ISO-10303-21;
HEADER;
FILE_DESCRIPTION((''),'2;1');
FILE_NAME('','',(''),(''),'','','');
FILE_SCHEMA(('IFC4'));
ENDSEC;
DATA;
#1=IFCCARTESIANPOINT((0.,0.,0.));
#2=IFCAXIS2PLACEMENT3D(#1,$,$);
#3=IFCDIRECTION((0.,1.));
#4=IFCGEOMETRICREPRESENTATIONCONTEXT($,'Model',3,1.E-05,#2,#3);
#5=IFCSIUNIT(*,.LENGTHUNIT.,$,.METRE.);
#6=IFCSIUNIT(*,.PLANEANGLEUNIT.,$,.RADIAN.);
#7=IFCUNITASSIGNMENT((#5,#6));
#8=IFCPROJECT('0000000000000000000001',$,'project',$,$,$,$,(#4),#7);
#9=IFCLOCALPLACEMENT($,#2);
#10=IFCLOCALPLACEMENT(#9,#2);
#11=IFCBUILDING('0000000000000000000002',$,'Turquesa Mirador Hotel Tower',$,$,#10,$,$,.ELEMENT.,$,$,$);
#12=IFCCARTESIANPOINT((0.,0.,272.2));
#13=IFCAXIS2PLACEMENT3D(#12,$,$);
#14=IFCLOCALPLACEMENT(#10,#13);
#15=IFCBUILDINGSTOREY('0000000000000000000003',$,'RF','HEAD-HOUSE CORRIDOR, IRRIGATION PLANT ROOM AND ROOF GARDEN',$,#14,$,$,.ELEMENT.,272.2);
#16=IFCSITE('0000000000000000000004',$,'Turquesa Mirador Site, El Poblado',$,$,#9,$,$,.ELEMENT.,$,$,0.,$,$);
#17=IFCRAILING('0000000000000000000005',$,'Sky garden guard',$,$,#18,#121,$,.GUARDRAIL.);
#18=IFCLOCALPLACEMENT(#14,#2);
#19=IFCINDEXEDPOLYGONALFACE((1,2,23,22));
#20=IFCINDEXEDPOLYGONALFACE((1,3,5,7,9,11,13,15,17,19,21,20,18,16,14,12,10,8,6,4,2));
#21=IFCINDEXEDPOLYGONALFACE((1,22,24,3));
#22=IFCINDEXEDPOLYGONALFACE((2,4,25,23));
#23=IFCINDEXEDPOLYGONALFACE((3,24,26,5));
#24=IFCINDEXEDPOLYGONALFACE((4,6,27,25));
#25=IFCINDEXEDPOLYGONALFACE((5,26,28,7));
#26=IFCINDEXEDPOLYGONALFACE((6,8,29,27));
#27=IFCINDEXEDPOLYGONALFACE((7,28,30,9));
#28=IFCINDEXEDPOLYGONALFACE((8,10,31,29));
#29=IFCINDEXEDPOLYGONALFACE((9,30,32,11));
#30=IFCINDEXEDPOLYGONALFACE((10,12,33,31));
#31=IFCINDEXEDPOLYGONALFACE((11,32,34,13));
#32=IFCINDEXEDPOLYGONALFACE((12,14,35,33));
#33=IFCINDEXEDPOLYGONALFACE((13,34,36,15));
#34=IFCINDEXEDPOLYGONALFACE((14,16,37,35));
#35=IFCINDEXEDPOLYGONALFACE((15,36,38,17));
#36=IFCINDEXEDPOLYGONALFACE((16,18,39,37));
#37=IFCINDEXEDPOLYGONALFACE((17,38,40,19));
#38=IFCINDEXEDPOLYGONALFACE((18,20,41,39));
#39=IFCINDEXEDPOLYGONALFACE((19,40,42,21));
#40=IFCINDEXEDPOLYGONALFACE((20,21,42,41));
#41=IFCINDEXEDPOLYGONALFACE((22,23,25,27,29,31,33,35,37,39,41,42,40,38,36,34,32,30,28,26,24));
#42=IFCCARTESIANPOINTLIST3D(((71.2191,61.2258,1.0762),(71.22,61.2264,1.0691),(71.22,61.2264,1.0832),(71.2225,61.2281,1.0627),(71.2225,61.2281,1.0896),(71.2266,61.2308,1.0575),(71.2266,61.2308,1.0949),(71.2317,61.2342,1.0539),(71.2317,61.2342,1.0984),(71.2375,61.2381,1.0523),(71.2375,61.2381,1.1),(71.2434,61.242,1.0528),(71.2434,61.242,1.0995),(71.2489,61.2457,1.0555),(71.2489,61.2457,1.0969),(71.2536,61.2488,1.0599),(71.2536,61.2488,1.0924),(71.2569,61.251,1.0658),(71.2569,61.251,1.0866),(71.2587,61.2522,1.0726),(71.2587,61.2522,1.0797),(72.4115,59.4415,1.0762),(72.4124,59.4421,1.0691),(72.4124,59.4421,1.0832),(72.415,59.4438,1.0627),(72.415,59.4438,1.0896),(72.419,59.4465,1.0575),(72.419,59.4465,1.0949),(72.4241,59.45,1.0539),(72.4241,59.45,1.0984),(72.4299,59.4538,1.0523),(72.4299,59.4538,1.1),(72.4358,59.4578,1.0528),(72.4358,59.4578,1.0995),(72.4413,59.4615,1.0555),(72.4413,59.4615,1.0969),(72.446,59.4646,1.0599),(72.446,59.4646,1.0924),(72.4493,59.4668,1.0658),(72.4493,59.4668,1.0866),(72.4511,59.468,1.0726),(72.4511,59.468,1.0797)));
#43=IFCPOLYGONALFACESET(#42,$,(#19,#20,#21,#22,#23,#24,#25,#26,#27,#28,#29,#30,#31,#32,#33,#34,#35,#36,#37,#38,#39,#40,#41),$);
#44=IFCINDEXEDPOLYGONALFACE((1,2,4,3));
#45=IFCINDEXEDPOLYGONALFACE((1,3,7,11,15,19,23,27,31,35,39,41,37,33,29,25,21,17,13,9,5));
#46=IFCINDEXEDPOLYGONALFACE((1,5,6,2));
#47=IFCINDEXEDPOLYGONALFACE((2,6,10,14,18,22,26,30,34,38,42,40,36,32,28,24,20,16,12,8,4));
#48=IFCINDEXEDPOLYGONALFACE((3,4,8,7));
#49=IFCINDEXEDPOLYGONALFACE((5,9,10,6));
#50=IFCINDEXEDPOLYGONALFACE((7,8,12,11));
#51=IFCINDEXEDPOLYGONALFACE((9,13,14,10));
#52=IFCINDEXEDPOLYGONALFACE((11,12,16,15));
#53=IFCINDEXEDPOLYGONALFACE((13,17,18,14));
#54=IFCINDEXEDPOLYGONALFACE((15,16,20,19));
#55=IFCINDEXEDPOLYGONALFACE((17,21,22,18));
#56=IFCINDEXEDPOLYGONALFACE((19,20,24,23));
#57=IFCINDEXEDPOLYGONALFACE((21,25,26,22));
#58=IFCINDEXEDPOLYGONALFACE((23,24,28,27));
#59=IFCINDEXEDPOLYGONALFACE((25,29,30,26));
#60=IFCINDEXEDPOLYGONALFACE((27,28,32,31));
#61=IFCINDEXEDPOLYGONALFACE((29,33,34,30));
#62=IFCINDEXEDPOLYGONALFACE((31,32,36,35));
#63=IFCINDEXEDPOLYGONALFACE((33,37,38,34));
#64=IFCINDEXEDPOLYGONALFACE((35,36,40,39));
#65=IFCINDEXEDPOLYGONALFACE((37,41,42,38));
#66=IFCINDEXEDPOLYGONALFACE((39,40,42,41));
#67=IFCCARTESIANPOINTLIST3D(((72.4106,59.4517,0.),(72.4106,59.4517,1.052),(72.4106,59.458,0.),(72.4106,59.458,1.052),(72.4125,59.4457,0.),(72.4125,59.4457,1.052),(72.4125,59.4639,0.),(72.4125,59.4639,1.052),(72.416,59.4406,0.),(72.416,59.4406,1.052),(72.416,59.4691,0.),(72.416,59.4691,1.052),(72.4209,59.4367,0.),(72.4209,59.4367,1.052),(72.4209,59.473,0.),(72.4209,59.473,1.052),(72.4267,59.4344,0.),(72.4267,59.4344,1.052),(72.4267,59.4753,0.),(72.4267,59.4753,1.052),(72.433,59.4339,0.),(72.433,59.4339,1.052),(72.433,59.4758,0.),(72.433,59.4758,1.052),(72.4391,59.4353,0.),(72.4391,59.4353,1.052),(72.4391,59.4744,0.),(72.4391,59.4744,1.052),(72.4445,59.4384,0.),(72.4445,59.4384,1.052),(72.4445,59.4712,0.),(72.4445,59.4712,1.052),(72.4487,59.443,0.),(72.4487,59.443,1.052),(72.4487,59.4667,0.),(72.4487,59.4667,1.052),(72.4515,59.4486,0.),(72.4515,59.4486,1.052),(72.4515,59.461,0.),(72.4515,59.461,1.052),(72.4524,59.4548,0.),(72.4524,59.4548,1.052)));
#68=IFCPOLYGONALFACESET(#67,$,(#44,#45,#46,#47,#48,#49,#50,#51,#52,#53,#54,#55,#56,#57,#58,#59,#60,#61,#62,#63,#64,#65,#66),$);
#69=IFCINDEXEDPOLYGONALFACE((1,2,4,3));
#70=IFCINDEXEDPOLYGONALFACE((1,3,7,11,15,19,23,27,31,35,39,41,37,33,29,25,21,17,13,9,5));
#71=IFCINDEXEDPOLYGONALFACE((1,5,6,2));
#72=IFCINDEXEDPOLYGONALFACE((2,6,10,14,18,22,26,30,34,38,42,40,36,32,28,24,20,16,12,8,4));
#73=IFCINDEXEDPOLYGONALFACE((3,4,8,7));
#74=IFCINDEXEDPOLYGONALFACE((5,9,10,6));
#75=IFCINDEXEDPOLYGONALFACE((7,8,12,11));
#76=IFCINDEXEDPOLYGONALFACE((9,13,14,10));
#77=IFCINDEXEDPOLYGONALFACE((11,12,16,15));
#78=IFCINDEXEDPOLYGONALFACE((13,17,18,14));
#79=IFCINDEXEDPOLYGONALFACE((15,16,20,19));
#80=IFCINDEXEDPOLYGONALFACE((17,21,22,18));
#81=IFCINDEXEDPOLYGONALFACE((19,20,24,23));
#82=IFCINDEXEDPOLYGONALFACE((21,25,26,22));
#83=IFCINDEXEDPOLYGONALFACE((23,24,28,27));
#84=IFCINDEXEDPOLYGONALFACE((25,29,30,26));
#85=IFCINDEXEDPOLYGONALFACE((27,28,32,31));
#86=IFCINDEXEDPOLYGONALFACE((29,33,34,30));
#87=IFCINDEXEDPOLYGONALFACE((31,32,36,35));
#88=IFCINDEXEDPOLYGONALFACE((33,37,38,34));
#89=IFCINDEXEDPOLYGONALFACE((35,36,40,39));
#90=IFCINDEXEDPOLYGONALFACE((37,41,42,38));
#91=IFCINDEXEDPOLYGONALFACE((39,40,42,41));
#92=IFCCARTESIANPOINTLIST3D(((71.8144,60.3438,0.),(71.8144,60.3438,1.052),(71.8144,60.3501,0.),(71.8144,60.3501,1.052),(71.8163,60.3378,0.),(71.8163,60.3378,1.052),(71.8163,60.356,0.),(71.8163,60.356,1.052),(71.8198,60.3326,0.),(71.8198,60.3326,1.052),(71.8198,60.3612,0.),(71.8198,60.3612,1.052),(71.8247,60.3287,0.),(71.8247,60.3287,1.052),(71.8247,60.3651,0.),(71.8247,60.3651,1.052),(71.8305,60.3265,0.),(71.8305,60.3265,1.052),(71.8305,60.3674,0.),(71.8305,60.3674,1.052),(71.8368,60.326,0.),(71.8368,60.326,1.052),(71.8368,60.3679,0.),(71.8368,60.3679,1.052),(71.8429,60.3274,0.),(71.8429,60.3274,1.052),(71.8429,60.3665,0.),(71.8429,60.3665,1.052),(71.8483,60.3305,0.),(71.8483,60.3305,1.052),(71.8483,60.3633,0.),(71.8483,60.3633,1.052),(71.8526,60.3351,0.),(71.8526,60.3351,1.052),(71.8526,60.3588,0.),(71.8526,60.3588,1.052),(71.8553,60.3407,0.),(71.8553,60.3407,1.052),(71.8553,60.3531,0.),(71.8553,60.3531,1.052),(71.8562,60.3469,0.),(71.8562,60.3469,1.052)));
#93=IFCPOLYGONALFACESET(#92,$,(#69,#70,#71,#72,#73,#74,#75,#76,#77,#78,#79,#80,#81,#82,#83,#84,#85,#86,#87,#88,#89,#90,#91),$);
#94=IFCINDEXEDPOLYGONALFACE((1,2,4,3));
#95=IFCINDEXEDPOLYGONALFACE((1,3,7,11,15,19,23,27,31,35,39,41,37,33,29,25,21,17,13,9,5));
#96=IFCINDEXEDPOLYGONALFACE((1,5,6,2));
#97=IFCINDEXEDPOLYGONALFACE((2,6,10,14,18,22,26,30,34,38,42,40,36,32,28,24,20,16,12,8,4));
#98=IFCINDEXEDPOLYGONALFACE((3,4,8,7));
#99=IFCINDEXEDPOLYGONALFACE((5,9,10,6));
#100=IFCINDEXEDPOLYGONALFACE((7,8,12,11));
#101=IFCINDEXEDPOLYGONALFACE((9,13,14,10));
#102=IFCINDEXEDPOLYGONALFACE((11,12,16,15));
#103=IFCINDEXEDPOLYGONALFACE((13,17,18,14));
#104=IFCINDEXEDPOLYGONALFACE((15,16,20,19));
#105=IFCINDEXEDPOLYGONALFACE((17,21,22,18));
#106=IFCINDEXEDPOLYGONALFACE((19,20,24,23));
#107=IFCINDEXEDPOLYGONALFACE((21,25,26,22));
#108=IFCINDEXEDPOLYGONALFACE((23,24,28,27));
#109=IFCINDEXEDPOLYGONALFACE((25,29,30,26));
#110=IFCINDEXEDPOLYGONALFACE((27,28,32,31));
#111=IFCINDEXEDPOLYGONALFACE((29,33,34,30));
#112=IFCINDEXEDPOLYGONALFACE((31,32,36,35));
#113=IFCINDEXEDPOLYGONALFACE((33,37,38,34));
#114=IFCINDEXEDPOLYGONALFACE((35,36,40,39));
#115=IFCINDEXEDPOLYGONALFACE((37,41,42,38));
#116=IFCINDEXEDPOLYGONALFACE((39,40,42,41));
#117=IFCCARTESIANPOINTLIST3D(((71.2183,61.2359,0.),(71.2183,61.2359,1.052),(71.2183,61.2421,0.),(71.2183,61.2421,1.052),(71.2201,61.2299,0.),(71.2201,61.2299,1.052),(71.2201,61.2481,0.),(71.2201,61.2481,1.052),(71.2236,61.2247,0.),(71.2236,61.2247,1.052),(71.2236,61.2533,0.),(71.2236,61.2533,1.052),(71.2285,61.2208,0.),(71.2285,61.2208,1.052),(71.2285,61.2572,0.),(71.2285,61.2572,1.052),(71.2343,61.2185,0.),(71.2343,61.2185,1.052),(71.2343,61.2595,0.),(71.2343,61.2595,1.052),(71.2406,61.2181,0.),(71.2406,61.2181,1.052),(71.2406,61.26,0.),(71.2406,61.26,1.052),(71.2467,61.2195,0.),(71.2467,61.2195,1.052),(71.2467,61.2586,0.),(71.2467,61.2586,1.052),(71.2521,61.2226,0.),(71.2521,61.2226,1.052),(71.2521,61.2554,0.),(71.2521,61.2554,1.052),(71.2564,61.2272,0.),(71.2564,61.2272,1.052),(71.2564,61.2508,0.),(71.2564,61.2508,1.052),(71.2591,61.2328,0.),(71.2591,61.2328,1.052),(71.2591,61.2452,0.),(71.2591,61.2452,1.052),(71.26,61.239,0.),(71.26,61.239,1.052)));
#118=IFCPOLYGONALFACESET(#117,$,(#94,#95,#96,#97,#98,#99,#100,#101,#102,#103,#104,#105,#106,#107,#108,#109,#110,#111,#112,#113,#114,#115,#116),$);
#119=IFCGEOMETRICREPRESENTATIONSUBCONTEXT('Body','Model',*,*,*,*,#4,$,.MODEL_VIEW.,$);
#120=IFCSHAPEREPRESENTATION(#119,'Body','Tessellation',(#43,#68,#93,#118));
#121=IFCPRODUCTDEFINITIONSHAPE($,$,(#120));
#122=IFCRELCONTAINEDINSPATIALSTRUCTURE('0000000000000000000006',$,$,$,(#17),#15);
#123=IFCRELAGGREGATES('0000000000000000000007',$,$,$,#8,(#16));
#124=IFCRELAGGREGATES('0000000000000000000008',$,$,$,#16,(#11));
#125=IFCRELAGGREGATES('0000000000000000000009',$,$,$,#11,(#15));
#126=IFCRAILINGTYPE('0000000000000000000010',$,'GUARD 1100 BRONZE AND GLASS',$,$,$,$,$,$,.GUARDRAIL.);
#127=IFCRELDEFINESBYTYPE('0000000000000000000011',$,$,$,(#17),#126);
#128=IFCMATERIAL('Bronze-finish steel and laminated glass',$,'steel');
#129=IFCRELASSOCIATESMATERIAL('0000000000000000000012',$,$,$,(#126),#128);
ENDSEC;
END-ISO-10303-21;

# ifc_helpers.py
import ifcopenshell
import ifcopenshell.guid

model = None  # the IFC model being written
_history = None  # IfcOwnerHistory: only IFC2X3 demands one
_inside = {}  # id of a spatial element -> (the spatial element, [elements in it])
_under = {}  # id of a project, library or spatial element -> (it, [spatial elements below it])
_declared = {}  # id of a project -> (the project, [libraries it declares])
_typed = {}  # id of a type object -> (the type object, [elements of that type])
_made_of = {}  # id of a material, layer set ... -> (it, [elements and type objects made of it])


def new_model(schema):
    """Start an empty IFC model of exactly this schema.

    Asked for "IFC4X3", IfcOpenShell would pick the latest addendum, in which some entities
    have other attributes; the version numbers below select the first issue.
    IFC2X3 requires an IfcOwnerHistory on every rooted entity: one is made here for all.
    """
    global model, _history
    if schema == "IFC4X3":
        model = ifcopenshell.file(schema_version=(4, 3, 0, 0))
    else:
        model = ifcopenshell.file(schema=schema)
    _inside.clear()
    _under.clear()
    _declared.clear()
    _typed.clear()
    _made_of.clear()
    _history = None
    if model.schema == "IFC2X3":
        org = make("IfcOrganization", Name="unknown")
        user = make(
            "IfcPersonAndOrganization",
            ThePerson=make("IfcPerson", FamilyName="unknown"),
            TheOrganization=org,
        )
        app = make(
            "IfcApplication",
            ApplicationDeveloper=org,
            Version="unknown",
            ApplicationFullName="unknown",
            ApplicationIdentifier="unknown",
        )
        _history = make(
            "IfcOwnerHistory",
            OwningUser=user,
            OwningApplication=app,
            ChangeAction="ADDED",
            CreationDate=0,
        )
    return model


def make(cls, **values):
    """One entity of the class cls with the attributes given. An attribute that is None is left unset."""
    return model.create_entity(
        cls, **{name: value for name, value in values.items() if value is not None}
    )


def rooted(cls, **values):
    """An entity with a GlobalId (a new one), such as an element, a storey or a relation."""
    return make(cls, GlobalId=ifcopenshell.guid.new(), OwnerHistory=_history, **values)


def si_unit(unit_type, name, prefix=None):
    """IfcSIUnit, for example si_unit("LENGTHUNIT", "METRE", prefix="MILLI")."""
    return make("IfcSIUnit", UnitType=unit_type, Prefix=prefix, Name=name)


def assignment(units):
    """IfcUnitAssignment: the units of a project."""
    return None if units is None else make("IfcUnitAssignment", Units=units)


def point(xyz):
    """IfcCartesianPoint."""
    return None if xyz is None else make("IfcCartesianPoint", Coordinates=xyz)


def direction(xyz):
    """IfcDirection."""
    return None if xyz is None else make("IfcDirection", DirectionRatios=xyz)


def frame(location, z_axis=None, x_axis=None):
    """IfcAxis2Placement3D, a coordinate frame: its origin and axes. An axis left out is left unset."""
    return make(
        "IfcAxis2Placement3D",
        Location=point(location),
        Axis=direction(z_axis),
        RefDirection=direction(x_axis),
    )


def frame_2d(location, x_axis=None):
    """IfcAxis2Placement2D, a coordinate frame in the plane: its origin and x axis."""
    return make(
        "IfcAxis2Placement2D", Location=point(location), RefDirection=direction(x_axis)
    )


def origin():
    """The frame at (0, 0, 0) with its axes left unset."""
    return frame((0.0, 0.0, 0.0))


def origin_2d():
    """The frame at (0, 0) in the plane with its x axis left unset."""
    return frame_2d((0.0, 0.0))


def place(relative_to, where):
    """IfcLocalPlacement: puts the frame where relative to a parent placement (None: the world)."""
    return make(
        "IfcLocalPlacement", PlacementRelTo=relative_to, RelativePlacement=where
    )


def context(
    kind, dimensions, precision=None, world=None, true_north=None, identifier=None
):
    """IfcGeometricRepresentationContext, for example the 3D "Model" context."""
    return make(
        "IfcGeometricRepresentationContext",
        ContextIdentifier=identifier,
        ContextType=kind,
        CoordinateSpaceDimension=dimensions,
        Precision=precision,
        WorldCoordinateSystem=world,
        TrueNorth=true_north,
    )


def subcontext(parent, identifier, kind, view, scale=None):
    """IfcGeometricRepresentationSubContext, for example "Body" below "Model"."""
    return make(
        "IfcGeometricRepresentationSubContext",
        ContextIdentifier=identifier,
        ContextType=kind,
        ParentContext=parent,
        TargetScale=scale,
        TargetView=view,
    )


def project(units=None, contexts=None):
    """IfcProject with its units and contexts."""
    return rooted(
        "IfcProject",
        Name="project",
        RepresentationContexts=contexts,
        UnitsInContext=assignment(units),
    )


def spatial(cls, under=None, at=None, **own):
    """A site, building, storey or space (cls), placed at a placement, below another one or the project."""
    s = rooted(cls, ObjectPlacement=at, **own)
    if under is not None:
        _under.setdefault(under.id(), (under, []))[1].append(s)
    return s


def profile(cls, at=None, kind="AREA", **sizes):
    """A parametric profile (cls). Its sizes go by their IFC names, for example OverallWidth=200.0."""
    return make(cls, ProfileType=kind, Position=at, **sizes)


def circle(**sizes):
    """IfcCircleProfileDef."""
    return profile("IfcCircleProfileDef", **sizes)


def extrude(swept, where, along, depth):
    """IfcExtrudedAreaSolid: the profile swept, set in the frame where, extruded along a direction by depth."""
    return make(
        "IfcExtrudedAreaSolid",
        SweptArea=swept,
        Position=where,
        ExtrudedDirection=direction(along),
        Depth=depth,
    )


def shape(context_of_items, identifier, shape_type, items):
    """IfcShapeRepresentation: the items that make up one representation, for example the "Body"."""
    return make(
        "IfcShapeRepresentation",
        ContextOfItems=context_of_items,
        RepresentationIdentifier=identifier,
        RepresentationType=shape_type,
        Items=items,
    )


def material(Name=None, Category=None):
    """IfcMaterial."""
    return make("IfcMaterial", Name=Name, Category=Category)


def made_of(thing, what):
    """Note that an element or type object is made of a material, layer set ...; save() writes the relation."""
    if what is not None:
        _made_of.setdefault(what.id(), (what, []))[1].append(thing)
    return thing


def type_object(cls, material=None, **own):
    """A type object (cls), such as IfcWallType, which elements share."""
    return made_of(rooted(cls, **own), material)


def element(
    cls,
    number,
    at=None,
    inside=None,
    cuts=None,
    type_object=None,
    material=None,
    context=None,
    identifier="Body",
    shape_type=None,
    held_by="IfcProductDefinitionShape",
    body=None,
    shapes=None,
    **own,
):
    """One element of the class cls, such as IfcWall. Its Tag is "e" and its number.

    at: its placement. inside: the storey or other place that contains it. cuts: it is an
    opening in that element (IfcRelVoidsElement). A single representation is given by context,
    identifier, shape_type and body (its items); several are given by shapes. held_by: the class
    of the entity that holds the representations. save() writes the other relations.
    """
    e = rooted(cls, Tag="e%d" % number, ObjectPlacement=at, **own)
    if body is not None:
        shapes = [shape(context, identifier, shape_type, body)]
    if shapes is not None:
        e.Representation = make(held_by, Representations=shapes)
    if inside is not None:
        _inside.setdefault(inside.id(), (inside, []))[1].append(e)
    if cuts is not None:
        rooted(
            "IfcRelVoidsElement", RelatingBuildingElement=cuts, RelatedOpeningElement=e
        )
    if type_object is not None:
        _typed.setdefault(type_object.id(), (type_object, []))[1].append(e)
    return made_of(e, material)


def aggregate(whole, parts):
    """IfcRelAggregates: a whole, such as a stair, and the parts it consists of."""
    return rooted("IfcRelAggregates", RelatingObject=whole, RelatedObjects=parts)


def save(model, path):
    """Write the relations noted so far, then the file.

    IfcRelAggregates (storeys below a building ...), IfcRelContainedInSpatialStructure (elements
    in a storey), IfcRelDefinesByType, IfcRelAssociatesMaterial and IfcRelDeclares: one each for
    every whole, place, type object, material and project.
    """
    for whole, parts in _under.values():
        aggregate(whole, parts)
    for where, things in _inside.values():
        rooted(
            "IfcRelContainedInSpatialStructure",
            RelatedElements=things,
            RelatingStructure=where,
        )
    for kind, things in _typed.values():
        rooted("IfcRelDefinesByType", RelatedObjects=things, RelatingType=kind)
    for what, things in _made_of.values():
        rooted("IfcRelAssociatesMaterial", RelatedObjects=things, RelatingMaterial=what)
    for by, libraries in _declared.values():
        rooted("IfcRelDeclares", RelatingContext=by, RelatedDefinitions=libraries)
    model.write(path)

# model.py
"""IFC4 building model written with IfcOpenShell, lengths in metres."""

from ifc_helpers import new_model, si_unit, direction, frame, origin, origin_2d, place, context, subcontext, project, spatial, circle, extrude, material, type_object, element, save


model = new_model("IFC4")

# Units and contexts
model_context = context("Model", 3, precision=1e-05, world=origin(), true_north=direction((0.0, 1.0)))
body_context = subcontext(model_context, "Body", "Model", "MODEL_VIEW")
ifc_project = project(units=[si_unit("LENGTHUNIT", "METRE"), si_unit("PLANEANGLEUNIT", "RADIAN")], contexts=[model_context])

# Site, building, storey
site_placement = place(None, origin())
site = spatial("IfcSite", under=ifc_project, at=site_placement, Name="Turquesa Mirador Site, El Poblado", CompositionType="ELEMENT", RefElevation=0.0)
building_placement = place(site_placement, origin())
building = spatial("IfcBuilding", under=site, at=building_placement, Name="Turquesa Mirador Hotel Tower", CompositionType="ELEMENT")
storey_placement = place(building_placement, frame((0.0, 0.0, 272.2)))
storey = spatial("IfcBuildingStorey", under=building, at=storey_placement, Name="RF", Description="HEAD-HOUSE CORRIDOR, IRRIGATION PLANT ROOM AND ROOF GARDEN", CompositionType="ELEMENT", Elevation=272.2)

# Railing
ifc_material_1 = material(Name="Bronze-finish steel and laminated glass", Category="steel")
railing_type = type_object("IfcRailingType", Name="GUARD 1100 BRONZE AND GLASS", PredefinedType="GUARDRAIL", material=ifc_material_1)
railing_1_placement = place(storey_placement, frame((72.4314, 59.4548, 0.0)))
element("IfcRailing", 1, at=railing_1_placement, inside=storey, type_object=railing_type, Name="Sky garden guard", PredefinedType="GUARDRAIL", context=body_context, shape_type="SweptSolid", body=[
    extrude(circle(Radius=0.0239, at=origin_2d()), frame((0.0, 0.0, 1.0762), z_axis=(-0.555645, 0.83142, 0.0), x_axis=(-0.83142, -0.555645, 0.0)), (0.0, 0.0, 1.0), 2.146),
    extrude(circle(Radius=0.021, at=origin_2d()), origin(), (0.0, 0.0, 1.0), 1.052),
    extrude(circle(Radius=0.021, at=origin_2d()), frame((-0.5962, 0.8921, 0.0)), (0.0, 0.0, 1.0), 1.052),
    extrude(circle(Radius=0.021, at=origin_2d()), frame((-1.1924, 1.7842, 0.0)), (0.0, 0.0, 1.0), 1.052),
])

save(model, "model.ifc")
